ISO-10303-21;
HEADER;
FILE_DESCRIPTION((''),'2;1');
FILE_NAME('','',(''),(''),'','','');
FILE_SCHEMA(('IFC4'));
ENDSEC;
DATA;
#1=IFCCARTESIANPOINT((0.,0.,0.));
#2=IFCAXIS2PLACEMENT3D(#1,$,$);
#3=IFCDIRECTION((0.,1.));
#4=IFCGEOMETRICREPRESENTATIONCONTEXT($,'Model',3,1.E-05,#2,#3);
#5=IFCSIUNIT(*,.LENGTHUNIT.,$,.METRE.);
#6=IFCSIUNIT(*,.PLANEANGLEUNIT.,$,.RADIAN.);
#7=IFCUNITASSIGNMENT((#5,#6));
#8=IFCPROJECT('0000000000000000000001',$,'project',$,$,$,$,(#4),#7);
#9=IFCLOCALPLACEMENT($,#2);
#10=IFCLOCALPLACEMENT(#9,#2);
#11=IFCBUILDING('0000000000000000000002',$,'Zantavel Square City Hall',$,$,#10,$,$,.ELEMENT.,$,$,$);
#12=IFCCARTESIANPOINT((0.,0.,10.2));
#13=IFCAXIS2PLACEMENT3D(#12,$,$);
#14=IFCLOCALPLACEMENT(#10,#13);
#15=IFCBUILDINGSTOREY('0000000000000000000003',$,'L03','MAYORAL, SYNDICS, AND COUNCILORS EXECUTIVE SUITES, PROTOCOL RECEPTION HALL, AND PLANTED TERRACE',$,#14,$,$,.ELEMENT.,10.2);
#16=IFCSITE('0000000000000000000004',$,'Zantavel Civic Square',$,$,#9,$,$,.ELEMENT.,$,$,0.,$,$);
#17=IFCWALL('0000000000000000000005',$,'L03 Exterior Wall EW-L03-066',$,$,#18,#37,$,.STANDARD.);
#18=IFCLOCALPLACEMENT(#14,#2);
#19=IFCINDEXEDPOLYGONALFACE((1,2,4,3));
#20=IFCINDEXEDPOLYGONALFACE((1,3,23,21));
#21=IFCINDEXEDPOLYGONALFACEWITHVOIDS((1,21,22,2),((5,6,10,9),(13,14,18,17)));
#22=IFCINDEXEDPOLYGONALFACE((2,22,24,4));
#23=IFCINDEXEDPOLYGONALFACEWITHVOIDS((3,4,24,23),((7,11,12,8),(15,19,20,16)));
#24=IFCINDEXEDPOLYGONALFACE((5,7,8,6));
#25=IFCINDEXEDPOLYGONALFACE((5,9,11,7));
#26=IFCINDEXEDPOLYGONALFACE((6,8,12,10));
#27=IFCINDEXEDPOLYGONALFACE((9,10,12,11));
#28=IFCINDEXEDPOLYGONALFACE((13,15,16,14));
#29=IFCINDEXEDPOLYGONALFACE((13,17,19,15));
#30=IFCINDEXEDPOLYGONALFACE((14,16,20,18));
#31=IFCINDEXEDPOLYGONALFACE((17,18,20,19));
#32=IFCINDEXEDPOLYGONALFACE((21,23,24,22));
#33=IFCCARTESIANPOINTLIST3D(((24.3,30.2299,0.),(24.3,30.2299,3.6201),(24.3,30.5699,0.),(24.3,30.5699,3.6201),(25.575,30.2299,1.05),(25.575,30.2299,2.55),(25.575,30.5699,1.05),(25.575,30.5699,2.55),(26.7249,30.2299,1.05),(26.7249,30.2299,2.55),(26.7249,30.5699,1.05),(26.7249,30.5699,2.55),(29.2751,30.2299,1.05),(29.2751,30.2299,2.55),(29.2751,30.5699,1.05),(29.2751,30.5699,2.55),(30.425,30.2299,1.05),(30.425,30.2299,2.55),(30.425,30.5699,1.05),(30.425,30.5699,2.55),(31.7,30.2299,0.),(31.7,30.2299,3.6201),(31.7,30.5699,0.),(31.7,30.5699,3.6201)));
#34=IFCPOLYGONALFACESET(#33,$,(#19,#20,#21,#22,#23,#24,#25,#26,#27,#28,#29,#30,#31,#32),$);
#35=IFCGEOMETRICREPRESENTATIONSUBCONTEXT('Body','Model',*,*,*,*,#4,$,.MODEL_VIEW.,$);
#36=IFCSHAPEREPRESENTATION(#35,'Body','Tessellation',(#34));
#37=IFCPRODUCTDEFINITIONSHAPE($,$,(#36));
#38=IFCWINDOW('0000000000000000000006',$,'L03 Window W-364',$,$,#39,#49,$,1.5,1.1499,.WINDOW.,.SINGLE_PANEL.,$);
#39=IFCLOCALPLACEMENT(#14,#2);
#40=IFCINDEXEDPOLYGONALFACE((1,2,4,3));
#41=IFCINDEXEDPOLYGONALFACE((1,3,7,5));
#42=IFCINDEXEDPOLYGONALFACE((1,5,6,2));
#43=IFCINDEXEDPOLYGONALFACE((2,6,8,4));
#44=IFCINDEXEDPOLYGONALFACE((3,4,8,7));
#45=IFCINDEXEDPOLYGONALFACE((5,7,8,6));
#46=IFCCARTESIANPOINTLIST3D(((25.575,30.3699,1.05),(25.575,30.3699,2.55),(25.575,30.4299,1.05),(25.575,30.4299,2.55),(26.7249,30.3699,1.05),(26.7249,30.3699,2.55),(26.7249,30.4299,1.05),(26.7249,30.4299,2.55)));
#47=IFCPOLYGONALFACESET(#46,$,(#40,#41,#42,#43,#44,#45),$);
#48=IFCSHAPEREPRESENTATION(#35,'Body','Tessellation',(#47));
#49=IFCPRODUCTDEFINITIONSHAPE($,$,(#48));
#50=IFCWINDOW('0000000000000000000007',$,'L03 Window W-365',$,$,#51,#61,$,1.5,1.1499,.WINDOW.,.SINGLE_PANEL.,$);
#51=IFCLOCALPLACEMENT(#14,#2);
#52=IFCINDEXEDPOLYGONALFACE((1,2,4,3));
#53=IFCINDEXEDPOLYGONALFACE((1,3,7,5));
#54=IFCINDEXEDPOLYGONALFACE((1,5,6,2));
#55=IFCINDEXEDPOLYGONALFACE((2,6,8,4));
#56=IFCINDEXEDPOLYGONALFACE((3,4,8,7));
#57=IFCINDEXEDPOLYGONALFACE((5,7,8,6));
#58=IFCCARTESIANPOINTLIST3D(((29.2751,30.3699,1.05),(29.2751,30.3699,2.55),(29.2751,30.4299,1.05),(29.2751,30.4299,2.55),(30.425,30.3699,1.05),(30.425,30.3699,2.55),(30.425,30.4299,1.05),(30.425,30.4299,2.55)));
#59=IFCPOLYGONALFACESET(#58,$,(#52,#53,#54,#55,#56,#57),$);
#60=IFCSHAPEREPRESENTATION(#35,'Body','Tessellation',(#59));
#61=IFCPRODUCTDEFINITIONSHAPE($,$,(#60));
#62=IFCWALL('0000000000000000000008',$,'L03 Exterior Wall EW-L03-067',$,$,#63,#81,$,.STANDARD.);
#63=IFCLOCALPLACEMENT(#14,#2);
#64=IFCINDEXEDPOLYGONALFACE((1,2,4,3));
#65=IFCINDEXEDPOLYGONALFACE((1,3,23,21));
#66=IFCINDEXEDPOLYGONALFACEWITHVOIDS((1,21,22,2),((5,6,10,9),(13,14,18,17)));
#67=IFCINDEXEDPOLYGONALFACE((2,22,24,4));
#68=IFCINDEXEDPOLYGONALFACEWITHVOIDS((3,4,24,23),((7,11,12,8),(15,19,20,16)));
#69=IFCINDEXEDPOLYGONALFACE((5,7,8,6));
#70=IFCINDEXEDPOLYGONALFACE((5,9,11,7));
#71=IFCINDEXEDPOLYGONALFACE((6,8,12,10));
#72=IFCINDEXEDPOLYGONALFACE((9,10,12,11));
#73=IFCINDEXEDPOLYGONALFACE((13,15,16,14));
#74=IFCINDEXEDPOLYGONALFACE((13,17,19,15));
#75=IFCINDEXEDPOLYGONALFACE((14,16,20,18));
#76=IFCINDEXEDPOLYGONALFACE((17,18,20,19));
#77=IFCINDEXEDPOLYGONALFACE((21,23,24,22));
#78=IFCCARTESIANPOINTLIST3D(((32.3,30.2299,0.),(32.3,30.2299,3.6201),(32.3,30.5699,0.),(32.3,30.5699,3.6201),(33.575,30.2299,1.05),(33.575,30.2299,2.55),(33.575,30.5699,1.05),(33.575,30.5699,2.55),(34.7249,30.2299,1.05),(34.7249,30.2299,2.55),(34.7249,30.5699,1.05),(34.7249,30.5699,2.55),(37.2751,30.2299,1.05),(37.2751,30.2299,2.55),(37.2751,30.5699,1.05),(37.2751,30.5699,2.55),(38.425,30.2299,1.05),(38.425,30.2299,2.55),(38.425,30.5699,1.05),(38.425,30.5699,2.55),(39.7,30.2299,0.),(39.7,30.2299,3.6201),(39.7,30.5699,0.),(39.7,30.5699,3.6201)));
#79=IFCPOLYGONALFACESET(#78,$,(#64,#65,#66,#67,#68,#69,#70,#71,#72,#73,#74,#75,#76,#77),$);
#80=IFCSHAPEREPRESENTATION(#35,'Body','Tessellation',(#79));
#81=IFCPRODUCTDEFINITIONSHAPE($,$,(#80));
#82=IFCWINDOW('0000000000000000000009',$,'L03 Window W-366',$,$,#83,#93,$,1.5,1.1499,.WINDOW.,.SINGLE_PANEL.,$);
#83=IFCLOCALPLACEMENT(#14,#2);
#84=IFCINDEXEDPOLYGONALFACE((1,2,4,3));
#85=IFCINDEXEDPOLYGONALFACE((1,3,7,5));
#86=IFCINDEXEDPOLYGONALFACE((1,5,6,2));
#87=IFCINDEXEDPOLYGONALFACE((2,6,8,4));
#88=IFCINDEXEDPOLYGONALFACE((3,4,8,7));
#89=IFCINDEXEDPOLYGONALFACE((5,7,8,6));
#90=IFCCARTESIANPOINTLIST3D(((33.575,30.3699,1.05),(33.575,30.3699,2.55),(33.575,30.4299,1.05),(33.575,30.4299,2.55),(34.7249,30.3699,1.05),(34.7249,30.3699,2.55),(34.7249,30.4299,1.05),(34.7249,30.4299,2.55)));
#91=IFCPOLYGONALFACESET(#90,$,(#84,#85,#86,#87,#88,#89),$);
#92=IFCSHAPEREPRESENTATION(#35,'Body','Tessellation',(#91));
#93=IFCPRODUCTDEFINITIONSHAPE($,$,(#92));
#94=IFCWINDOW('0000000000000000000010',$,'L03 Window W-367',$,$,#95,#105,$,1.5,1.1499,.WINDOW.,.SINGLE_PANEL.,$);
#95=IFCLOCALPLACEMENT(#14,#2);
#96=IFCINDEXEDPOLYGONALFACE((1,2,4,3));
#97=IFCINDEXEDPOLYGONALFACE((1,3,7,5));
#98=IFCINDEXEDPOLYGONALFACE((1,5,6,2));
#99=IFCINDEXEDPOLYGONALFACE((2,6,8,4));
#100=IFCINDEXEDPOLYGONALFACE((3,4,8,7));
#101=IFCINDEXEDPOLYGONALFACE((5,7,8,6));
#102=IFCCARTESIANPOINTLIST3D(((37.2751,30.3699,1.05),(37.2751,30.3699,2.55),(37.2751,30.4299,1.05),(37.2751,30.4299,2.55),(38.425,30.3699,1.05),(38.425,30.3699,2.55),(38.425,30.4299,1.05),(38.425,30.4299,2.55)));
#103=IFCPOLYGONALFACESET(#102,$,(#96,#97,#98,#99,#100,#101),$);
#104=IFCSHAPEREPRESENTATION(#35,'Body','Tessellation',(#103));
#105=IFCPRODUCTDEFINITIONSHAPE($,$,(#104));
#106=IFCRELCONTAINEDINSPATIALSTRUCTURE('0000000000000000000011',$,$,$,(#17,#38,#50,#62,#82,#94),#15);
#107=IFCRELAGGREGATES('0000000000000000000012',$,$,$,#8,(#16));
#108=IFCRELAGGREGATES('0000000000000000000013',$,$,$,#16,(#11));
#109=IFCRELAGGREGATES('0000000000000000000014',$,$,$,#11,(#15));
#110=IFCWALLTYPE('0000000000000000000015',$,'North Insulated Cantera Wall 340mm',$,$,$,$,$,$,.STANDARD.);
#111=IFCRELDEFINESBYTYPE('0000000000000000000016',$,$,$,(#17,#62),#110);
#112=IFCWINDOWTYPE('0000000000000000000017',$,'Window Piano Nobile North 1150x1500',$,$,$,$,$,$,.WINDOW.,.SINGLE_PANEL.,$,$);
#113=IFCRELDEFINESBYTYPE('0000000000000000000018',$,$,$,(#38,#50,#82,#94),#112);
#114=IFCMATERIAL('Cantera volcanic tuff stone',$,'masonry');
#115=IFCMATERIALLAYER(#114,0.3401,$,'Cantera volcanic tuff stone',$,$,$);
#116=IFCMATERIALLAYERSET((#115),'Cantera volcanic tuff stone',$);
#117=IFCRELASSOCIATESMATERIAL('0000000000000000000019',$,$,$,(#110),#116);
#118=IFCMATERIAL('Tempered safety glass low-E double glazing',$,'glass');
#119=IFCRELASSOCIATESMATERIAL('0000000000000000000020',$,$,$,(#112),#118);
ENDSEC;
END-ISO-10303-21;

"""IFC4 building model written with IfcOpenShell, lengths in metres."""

from ifc_helpers import new_model, si_unit, direction, frame, frame_2d, origin, place, context, subcontext, project, spatial, rectangle, extrude, material, layer, layer_set, type_object, element, fill, save


model = new_model("IFC4")

# Units and contexts
model_context = context("Model", 3, precision=1e-05, world=origin(), true_north=direction((0.0, 1.0)))
body_context = subcontext(model_context, "Body", "Model", "MODEL_VIEW")
ifc_project = project(units=[si_unit("LENGTHUNIT", "METRE"), si_unit("PLANEANGLEUNIT", "RADIAN")], contexts=[model_context])

# Site, building, storey
site_placement = place(None, origin())
site = spatial("IfcSite", under=ifc_project, at=site_placement, Name="Zantavel Civic Square", CompositionType="ELEMENT", RefElevation=0.0)
building_placement = place(site_placement, origin())
building = spatial("IfcBuilding", under=site, at=building_placement, Name="Zantavel Square City Hall", CompositionType="ELEMENT")
storey_placement = place(building_placement, frame((0.0, 0.0, 10.2)))
storey = spatial("IfcBuildingStorey", under=building, at=storey_placement, Name="L03", Description="MAYORAL, SYNDICS, AND COUNCILORS EXECUTIVE SUITES, PROTOCOL RECEPTION HALL, AND PLANTED TERRACE", CompositionType="ELEMENT", Elevation=10.2)

# Shared definitions
ifc_material_1 = material(Name="Tempered safety glass low-E double glazing", Category="glass")

# Walls, openings, windows
ifc_material_2 = material(Name="Cantera volcanic tuff stone", Category="masonry")
ifc_layer_1 = layer(ifc_material_2, 0.3401, Name="Cantera volcanic tuff stone")
ifc_layer_set_1 = layer_set([ifc_layer_1], Name="Cantera volcanic tuff stone")
wall_type = type_object("IfcWallType", Name="North Insulated Cantera Wall 340mm", PredefinedType="STANDARD", material=ifc_layer_set_1)
wall_1_placement = place(storey_placement, frame((24.3, 30.3999, 0.0), z_axis=(0.0, 0.0, 1.0), x_axis=(1.0, 0.0, 0.0)))
wall_1 = element("IfcWall", 1, at=wall_1_placement, inside=storey, type_object=wall_type, Name="L03 Exterior Wall EW-L03-066", PredefinedType="STANDARD", context=body_context, shape_type="SweptSolid", body=[
    extrude(rectangle(XDim=7.3999, YDim=0.3401, at=frame_2d((3.7, 0.0))), origin(), (0.0, 0.0, 1.0), 3.6201),
])
opening_1_placement = place(wall_1_placement, frame((1.2749, 0.0, 1.05)))
opening_1 = element("IfcOpeningElement", 2, at=opening_1_placement, cuts=wall_1, PredefinedType="OPENING", context=body_context, shape_type="SweptSolid", body=[
    extrude(rectangle(XDim=1.1499, YDim=1.5, at=frame_2d((0.575, 0.75))), frame((0.0, 0.1799, 0.0), z_axis=(0.0, -1.0, 0.0), x_axis=(1.0, 0.0, 0.0)), (0.0, 0.0, 1.0), 0.3601),
])
opening_2_placement = place(wall_1_placement, frame((4.9751, 0.0, 1.05)))
opening_2 = element("IfcOpeningElement", 3, at=opening_2_placement, cuts=wall_1, PredefinedType="OPENING", context=body_context, shape_type="SweptSolid", body=[
    extrude(rectangle(XDim=1.1499, YDim=1.5, at=frame_2d((0.575, 0.75))), frame((0.0, 0.1799, 0.0), z_axis=(0.0, -1.0, 0.0), x_axis=(1.0, 0.0, 0.0)), (0.0, 0.0, 1.0), 0.3601),
])
window_type = type_object("IfcWindowType", Name="Window Piano Nobile North 1150x1500", PartitioningType="SINGLE_PANEL", PredefinedType="WINDOW", material=ifc_material_1)
window_1_placement = place(opening_1_placement, origin())
window_1 = element("IfcWindow", 4, at=window_1_placement, inside=storey, type_object=window_type, Name="L03 Window W-364", OverallHeight=1.5, OverallWidth=1.1499, PartitioningType="SINGLE_PANEL", PredefinedType="WINDOW", context=body_context, shape_type="SweptSolid", body=[
    extrude(rectangle(XDim=1.1499, YDim=1.5, at=frame_2d((0.575, 0.75))), frame((0.0, 0.03, 0.0), z_axis=(0.0, -1.0, 0.0), x_axis=(1.0, 0.0, 0.0)), (0.0, 0.0, 1.0), 0.0601),
])
fill(opening_1, window_1)
window_2_placement = place(opening_2_placement, origin())
window_2 = element("IfcWindow", 5, at=window_2_placement, inside=storey, type_object=window_type, Name="L03 Window W-365", OverallHeight=1.5, OverallWidth=1.1499, PartitioningType="SINGLE_PANEL", PredefinedType="WINDOW", context=body_context, shape_type="SweptSolid", body=[
    extrude(rectangle(XDim=1.1499, YDim=1.5, at=frame_2d((0.575, 0.75))), frame((0.0, 0.03, 0.0), z_axis=(0.0, -1.0, 0.0), x_axis=(1.0, 0.0, 0.0)), (0.0, 0.0, 1.0), 0.0601),
])
fill(opening_2, window_2)
wall_2_placement = place(storey_placement, frame((32.3, 30.3999, 0.0), z_axis=(0.0, 0.0, 1.0), x_axis=(1.0, 0.0, 0.0)))
wall_2 = element("IfcWall", 6, at=wall_2_placement, inside=storey, type_object=wall_type, Name="L03 Exterior Wall EW-L03-067", PredefinedType="STANDARD", context=body_context, shape_type="SweptSolid", body=[
    extrude(rectangle(XDim=7.3999, YDim=0.3401, at=frame_2d((3.7, 0.0))), origin(), (0.0, 0.0, 1.0), 3.6201),
])
opening_3_placement = place(wall_2_placement, frame((1.2749, 0.0, 1.05)))
opening_3 = element("IfcOpeningElement", 7, at=opening_3_placement, cuts=wall_2, PredefinedType="OPENING", context=body_context, shape_type="SweptSolid", body=[
    extrude(rectangle(XDim=1.1499, YDim=1.5, at=frame_2d((0.575, 0.75))), frame((0.0, 0.1799, 0.0), z_axis=(0.0, -1.0, 0.0), x_axis=(1.0, 0.0, 0.0)), (0.0, 0.0, 1.0), 0.3601),
])
opening_4_placement = place(wall_2_placement, frame((4.9751, 0.0, 1.05)))
opening_4 = element("IfcOpeningElement", 8, at=opening_4_placement, cuts=wall_2, PredefinedType="OPENING", context=body_context, shape_type="SweptSolid", body=[
    extrude(rectangle(XDim=1.1499, YDim=1.5, at=frame_2d((0.575, 0.75))), frame((0.0, 0.1799, 0.0), z_axis=(0.0, -1.0, 0.0), x_axis=(1.0, 0.0, 0.0)), (0.0, 0.0, 1.0), 0.3601),
])
window_3_placement = place(opening_3_placement, origin())
window_3 = element("IfcWindow", 9, at=window_3_placement, inside=storey, type_object=window_type, Name="L03 Window W-366", OverallHeight=1.5, OverallWidth=1.1499, PartitioningType="SINGLE_PANEL", PredefinedType="WINDOW", context=body_context, shape_type="SweptSolid", body=[
    extrude(rectangle(XDim=1.1499, YDim=1.5, at=frame_2d((0.575, 0.75))), frame((0.0, 0.03, 0.0), z_axis=(0.0, -1.0, 0.0), x_axis=(1.0, 0.0, 0.0)), (0.0, 0.0, 1.0), 0.0601),
])
fill(opening_3, window_3)
window_4_placement = place(opening_4_placement, origin())
window_4 = element("IfcWindow", 10, at=window_4_placement, inside=storey, type_object=window_type, Name="L03 Window W-367", OverallHeight=1.5, OverallWidth=1.1499, PartitioningType="SINGLE_PANEL", PredefinedType="WINDOW", context=body_context, shape_type="SweptSolid", body=[
    extrude(rectangle(XDim=1.1499, YDim=1.5, at=frame_2d((0.575, 0.75))), frame((0.0, 0.03, 0.0), z_axis=(0.0, -1.0, 0.0), x_axis=(1.0, 0.0, 0.0)), (0.0, 0.0, 1.0), 0.0601),
])
fill(opening_4, window_4)

save(model, "model.ifc")
